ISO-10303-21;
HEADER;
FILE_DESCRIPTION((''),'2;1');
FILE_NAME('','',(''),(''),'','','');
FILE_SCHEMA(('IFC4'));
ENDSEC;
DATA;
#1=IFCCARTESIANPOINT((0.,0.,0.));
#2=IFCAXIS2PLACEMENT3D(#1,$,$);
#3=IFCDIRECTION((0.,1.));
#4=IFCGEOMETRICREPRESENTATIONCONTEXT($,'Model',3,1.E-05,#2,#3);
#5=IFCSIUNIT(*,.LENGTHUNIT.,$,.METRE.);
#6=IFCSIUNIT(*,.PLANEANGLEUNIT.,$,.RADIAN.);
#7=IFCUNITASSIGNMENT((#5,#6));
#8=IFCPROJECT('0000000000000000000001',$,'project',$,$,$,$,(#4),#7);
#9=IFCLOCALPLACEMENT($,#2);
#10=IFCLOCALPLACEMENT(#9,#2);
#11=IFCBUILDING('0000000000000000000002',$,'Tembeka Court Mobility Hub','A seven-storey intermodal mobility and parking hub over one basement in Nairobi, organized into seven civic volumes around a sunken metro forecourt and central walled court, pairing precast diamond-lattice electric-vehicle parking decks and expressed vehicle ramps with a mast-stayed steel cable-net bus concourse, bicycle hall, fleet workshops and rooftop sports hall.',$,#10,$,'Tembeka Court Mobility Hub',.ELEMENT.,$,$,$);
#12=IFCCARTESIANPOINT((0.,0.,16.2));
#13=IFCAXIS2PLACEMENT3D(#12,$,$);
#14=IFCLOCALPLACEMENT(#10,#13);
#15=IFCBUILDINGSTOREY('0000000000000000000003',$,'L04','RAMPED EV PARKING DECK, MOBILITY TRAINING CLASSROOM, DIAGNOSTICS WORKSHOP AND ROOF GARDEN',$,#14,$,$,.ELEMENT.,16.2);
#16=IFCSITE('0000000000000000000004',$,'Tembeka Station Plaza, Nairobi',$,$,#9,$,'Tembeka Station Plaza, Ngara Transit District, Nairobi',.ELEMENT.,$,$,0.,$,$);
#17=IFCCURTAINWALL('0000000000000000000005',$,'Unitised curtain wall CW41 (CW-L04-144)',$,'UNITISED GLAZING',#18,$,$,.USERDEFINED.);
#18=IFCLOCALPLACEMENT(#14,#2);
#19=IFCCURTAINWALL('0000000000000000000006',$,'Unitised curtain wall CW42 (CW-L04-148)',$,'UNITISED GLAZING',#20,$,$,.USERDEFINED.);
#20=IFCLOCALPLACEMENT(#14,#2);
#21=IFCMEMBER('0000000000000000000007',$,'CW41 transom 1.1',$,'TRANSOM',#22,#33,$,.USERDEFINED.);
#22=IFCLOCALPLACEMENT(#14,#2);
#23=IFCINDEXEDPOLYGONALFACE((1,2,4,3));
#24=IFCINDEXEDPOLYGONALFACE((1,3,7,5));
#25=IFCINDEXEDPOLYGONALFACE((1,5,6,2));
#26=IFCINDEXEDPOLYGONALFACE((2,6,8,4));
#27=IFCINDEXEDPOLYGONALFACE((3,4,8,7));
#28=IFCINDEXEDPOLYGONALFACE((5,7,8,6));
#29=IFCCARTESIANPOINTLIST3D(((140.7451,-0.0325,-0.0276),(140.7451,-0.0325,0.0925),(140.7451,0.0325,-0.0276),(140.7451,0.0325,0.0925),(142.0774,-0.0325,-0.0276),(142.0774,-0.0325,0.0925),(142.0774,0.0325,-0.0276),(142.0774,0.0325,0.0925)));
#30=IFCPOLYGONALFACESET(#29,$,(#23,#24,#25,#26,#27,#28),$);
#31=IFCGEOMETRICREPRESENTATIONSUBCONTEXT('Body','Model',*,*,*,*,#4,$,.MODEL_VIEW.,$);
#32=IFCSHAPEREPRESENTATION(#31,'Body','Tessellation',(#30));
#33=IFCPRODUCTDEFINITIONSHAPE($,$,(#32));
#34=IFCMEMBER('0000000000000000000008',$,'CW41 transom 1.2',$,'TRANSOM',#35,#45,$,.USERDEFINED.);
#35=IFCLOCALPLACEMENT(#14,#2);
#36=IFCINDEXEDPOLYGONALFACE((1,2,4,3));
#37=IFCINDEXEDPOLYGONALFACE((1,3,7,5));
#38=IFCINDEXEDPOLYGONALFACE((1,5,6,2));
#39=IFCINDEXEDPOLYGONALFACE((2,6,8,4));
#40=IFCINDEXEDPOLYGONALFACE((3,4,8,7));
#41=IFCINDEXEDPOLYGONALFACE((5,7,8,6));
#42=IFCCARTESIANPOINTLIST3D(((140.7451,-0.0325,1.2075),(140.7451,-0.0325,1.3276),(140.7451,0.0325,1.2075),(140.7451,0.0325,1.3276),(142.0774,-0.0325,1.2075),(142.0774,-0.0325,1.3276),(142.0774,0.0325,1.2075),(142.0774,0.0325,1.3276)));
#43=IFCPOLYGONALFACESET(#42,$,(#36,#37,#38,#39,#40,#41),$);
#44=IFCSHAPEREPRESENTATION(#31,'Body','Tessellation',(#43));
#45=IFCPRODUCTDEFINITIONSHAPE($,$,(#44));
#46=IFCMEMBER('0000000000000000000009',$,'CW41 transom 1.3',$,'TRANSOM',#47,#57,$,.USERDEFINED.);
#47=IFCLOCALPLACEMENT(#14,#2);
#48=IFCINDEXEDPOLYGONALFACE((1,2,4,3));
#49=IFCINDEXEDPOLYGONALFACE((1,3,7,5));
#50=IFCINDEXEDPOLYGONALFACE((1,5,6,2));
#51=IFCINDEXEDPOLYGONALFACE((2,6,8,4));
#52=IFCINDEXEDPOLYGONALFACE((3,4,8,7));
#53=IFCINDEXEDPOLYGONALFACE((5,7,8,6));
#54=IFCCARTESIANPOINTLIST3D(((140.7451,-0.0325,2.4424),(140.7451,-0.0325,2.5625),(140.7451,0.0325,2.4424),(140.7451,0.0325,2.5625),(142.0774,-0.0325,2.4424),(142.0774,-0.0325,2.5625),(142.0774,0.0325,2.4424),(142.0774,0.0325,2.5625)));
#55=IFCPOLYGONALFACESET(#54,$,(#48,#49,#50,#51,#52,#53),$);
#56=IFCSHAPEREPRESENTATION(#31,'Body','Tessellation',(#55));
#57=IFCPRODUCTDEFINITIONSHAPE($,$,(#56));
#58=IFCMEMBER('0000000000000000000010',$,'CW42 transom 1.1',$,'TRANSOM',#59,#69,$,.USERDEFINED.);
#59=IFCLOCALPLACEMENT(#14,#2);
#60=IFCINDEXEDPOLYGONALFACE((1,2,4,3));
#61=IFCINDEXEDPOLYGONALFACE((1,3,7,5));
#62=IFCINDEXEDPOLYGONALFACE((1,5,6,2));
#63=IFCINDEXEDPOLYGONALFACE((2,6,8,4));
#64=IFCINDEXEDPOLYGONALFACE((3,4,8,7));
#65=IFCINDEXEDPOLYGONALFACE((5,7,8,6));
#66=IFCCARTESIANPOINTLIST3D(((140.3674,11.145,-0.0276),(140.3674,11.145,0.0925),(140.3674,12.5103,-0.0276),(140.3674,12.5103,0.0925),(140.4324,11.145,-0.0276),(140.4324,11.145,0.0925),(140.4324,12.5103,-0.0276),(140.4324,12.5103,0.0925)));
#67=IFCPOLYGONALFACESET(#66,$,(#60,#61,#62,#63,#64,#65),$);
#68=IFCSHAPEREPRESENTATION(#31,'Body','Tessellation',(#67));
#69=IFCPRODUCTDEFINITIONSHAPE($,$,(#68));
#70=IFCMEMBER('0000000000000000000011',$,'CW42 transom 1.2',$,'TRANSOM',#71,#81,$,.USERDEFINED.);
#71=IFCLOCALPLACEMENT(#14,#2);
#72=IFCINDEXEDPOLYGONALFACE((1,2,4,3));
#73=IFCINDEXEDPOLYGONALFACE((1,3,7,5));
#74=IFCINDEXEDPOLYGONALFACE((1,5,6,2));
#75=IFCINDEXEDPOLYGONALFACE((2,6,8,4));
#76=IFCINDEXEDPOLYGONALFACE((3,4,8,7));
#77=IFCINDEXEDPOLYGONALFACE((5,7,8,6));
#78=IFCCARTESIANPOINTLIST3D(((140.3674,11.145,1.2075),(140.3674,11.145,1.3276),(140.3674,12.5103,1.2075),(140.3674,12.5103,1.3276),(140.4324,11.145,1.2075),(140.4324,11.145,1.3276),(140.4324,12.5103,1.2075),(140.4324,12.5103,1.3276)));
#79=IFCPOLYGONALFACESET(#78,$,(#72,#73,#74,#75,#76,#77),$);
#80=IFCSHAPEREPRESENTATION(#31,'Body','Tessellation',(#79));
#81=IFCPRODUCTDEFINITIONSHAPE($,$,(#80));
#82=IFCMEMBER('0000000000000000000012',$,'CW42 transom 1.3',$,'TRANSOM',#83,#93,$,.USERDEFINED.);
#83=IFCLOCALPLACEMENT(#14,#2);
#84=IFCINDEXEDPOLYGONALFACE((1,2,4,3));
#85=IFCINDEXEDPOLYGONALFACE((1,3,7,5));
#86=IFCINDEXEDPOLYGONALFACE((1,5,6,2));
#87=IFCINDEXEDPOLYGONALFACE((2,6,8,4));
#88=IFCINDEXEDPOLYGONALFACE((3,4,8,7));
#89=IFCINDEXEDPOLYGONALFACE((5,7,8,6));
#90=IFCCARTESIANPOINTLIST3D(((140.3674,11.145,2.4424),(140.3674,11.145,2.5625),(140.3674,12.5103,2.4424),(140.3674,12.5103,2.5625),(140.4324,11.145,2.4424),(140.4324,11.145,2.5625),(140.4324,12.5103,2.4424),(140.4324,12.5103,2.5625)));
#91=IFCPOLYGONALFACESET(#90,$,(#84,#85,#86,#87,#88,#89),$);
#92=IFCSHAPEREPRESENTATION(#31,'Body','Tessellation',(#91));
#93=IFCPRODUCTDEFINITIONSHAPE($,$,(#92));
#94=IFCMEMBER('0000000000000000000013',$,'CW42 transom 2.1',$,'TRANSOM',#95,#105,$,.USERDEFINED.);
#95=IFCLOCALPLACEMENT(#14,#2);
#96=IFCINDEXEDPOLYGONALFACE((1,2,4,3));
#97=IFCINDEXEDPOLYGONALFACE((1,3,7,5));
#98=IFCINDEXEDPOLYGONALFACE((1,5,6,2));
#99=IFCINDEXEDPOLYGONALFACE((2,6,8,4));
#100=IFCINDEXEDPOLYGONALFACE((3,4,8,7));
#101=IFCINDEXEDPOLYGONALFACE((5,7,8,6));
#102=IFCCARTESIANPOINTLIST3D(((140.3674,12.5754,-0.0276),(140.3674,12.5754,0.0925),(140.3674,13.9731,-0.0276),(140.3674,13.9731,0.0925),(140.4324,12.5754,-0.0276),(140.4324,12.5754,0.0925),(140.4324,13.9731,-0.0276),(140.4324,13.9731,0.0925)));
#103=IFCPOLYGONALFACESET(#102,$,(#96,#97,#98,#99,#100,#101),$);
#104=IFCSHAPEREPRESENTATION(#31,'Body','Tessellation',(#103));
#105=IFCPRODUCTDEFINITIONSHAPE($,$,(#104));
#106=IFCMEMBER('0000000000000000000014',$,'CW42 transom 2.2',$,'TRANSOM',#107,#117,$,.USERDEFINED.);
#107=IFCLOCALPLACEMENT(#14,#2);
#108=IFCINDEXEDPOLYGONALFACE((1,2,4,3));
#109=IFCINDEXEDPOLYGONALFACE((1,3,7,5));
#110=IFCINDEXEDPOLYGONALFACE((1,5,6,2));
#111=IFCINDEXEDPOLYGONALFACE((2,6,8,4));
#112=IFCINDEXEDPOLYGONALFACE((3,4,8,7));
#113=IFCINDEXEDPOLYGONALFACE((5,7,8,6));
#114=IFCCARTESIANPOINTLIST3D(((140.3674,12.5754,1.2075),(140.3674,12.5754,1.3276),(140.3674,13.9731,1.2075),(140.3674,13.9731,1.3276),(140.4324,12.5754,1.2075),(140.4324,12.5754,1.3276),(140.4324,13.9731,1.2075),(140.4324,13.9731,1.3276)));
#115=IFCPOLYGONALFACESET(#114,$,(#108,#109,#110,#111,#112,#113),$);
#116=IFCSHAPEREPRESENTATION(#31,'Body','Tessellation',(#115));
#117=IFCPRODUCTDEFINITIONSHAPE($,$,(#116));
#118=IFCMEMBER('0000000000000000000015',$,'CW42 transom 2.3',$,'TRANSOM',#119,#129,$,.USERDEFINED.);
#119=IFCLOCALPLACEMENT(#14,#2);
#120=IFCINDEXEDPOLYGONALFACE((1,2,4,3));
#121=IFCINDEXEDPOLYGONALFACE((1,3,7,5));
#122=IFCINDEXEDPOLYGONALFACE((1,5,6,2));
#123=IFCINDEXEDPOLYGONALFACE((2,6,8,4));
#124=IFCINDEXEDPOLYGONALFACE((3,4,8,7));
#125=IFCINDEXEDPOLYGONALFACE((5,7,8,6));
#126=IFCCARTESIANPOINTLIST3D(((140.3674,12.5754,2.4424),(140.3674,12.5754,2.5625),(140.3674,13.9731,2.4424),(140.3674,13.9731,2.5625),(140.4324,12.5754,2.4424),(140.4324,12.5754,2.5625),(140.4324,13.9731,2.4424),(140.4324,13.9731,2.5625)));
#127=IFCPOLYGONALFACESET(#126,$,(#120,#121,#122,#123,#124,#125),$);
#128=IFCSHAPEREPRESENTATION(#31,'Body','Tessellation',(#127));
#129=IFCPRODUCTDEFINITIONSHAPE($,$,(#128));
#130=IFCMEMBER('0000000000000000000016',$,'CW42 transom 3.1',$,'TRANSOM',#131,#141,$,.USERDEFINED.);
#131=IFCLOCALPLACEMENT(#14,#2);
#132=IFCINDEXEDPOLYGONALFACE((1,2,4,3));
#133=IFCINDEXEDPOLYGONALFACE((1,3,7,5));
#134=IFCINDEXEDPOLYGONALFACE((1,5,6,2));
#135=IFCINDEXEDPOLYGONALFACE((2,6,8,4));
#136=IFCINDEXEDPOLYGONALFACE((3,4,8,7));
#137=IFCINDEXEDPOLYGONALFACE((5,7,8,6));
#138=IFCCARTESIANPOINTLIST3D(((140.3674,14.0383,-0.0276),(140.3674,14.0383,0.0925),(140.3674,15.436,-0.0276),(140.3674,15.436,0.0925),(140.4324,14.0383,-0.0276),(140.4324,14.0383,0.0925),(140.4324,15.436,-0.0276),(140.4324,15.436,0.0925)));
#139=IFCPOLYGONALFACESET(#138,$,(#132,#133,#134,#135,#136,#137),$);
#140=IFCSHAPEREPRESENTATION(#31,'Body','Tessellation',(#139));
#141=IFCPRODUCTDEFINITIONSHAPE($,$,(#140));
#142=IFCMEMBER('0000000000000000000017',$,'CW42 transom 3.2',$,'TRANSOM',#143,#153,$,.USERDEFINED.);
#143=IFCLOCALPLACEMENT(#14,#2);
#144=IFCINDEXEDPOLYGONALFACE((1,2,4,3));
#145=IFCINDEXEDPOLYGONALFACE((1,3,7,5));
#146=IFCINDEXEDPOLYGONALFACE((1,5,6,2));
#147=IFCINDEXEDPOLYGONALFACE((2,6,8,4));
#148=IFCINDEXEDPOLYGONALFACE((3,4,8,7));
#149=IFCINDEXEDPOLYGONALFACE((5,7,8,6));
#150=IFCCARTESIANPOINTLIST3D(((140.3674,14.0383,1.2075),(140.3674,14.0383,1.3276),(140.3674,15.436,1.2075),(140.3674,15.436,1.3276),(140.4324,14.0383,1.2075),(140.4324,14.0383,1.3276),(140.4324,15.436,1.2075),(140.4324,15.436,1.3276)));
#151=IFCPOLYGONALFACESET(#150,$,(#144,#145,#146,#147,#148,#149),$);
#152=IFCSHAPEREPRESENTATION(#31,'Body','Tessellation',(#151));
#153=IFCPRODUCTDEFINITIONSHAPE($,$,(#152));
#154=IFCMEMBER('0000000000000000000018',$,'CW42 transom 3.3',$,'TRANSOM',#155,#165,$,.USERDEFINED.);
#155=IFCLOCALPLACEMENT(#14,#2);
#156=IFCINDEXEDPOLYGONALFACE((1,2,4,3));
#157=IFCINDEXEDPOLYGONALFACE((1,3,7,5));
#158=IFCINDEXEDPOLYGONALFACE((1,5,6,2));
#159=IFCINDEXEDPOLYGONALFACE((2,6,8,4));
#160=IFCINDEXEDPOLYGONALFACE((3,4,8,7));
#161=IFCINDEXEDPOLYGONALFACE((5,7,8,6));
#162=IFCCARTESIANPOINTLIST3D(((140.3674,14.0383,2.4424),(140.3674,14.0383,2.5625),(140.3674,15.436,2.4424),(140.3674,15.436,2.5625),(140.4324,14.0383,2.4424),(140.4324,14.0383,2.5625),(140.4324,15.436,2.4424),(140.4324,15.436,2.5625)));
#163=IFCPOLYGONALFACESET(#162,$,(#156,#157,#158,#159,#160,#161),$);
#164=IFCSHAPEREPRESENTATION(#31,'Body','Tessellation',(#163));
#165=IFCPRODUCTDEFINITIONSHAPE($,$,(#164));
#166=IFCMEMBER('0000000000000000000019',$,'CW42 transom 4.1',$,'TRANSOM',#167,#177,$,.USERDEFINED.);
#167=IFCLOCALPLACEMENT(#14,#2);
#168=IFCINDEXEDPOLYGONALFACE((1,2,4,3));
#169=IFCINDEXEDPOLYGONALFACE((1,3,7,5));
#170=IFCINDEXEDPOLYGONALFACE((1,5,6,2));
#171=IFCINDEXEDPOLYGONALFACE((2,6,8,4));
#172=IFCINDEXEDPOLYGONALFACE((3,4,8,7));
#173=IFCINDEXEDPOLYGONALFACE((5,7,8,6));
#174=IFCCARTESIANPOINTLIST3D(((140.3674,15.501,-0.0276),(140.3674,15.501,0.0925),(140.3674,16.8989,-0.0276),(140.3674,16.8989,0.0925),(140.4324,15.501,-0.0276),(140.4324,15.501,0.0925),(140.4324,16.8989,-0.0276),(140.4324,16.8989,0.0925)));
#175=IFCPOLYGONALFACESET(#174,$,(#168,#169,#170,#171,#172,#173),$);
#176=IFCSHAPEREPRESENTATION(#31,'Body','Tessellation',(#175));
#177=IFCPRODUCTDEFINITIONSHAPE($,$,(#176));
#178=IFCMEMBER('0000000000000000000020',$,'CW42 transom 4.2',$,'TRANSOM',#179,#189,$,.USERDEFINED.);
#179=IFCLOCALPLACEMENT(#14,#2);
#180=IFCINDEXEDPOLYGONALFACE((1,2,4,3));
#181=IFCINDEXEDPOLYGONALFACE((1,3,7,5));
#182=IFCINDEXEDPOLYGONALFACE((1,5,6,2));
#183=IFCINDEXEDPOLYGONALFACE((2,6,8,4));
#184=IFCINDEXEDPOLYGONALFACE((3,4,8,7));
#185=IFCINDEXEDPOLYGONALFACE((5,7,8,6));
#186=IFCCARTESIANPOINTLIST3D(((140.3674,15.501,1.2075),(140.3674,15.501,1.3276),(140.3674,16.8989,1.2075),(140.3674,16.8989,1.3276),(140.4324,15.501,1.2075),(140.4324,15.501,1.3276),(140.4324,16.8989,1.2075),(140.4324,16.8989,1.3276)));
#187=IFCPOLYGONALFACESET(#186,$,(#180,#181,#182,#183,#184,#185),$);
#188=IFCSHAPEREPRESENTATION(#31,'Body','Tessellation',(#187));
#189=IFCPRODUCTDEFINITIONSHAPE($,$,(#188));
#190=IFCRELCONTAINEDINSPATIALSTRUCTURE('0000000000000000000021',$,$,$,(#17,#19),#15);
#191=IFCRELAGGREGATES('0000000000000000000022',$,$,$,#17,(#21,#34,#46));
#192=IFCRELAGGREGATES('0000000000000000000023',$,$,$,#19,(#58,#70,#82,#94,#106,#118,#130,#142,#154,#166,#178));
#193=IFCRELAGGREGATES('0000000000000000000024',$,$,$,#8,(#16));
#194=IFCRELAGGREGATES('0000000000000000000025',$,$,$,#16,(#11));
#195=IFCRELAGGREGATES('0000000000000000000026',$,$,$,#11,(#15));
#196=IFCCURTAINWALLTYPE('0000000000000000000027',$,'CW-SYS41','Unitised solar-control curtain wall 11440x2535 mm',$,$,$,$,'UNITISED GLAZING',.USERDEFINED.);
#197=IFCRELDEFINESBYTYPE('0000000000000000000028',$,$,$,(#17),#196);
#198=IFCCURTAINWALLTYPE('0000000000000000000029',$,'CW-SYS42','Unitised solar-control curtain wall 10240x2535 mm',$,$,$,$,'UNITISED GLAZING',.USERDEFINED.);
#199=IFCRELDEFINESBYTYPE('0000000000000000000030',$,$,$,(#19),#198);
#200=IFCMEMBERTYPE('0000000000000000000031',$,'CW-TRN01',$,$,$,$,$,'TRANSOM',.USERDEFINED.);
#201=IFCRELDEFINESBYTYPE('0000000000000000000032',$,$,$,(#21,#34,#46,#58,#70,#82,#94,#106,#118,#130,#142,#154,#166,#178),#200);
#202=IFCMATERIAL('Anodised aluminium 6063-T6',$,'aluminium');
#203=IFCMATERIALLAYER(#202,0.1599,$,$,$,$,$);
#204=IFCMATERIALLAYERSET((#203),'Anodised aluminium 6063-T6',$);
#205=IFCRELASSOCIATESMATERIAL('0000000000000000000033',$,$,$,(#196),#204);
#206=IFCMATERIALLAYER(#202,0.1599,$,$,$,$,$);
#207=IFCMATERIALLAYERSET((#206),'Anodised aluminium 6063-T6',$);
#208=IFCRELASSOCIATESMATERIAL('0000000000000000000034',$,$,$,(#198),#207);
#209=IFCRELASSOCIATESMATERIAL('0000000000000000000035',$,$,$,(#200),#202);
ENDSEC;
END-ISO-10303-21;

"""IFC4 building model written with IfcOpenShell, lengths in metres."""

from ifc_helpers import new_model, si_unit, direction, frame, origin, origin_2d, place, context, subcontext, project, spatial, rectangle, extrude, material, layer, layer_set, material_profile, profile_set, type_object, element, aggregate, save


model = new_model("IFC4")

# Units and contexts
model_context = context("Model", 3, precision=1e-05, world=origin(), true_north=direction((0.0, 1.0)))
body_context = subcontext(model_context, "Body", "Model", "MODEL_VIEW")
ifc_project = project(units=[si_unit("LENGTHUNIT", "METRE"), si_unit("PLANEANGLEUNIT", "RADIAN")], contexts=[model_context])

# Site, building, storey
site_placement = place(None, origin())
site = spatial("IfcSite", under=ifc_project, at=site_placement, Name="Tembeka Station Plaza, Nairobi", LongName="Tembeka Station Plaza, Ngara Transit District, Nairobi", CompositionType="ELEMENT", RefElevation=0.0)
building_placement = place(site_placement, origin())
building = spatial("IfcBuilding", under=site, at=building_placement, Name="Tembeka Court Mobility Hub", Description="A seven-storey intermodal mobility and parking hub over one basement in Nairobi, organized into seven civic volumes around a sunken metro forecourt and central walled court, pairing precast diamond-lattice electric-vehicle parking decks and expressed vehicle ramps with a mast-stayed steel cable-net bus concourse, bicycle hall, fleet workshops and rooftop sports hall.", LongName="Tembeka Court Mobility Hub", CompositionType="ELEMENT")
storey_placement = place(building_placement, frame((0.0, 0.0, 16.2)))
storey = spatial("IfcBuildingStorey", under=building, at=storey_placement, Name="L04", Description="RAMPED EV PARKING DECK, MOBILITY TRAINING CLASSROOM, DIAGNOSTICS WORKSHOP AND ROOF GARDEN", CompositionType="ELEMENT", Elevation=16.2)

# Curtain wall
ifc_material_1 = material(Name="Anodised aluminium 6063-T6", Category="aluminium")
ifc_layer_1 = layer(ifc_material_1, 0.1599)
ifc_layer_set_1 = layer_set([ifc_layer_1], Name="Anodised aluminium 6063-T6")
curtain_wall_type_1 = type_object("IfcCurtainWallType", Name="CW-SYS41", Description="Unitised solar-control curtain wall 11440x2535 mm", ElementType="UNITISED GLAZING", PredefinedType="USERDEFINED", material=ifc_layer_set_1)
curtain_wall_1_placement = place(storey_placement, origin())
curtain_wall_1 = element("IfcCurtainWall", 1, at=curtain_wall_1_placement, inside=storey, type_object=curtain_wall_type_1, Name="Unitised curtain wall CW41 (CW-L04-144)", ObjectType="UNITISED GLAZING", PredefinedType="USERDEFINED")

# Curtain wall
ifc_layer_2 = layer(ifc_material_1, 0.1599)
ifc_layer_set_2 = layer_set([ifc_layer_2], Name="Anodised aluminium 6063-T6")
curtain_wall_type_2 = type_object("IfcCurtainWallType", Name="CW-SYS42", Description="Unitised solar-control curtain wall 10240x2535 mm", ElementType="UNITISED GLAZING", PredefinedType="USERDEFINED", material=ifc_layer_set_2)
curtain_wall_2_placement = place(storey_placement, origin())
curtain_wall_2 = element("IfcCurtainWall", 2, at=curtain_wall_2_placement, inside=storey, type_object=curtain_wall_type_2, Name="Unitised curtain wall CW42 (CW-L04-148)", ObjectType="UNITISED GLAZING", PredefinedType="USERDEFINED")

# Members
ifc_material_profile_1 = material_profile(ifc_material_1, rectangle(XDim=0.0649, YDim=0.1201, at=origin_2d()), Name="ALU-TRN 65x120")
ifc_profile_set_1 = profile_set([ifc_material_profile_1], Name="Anodised aluminium 6063-T6")
member_type_1 = type_object("IfcMemberType", Name="CW-TRN01", ElementType="TRANSOM", PredefinedType="USERDEFINED", material=ifc_profile_set_1)
member_1_placement = place(storey_placement, frame((140.7451, 0.0, 0.0325), z_axis=(1.0, 0.0, 0.0), x_axis=(0.0, 1.0, 0.0)))
member_1 = element("IfcMember", 3, at=member_1_placement, type_object=member_type_1, Name="CW41 transom 1.1", ObjectType="TRANSOM", PredefinedType="USERDEFINED", context=body_context, shape_type="SweptSolid", body=[
    extrude(rectangle(XDim=0.0649, YDim=0.1201, at=origin_2d()), origin(), (0.0, 0.0, 1.0), 1.3323),
])
member_2_placement = place(storey_placement, frame((140.7451, 0.0, 1.2676), z_axis=(1.0, 0.0, 0.0), x_axis=(0.0, 1.0, 0.0)))
member_2 = element("IfcMember", 4, at=member_2_placement, type_object=member_type_1, Name="CW41 transom 1.2", ObjectType="TRANSOM", PredefinedType="USERDEFINED", context=body_context, shape_type="SweptSolid", body=[
    extrude(rectangle(XDim=0.0649, YDim=0.1201, at=origin_2d()), origin(), (0.0, 0.0, 1.0), 1.3323),
])
member_3_placement = place(storey_placement, frame((140.7451, 0.0, 2.5024), z_axis=(1.0, 0.0, 0.0), x_axis=(0.0, 1.0, 0.0)))
member_3 = element("IfcMember", 5, at=member_3_placement, type_object=member_type_1, Name="CW41 transom 1.3", ObjectType="TRANSOM", PredefinedType="USERDEFINED", context=body_context, shape_type="SweptSolid", body=[
    extrude(rectangle(XDim=0.0649, YDim=0.1201, at=origin_2d()), origin(), (0.0, 0.0, 1.0), 1.3323),
])
member_4_placement = place(storey_placement, frame((140.3999, 11.145, 0.0325), z_axis=(0.0, 1.0, 0.0), x_axis=(-1.0, 0.0, 0.0)))
member_4 = element("IfcMember", 6, at=member_4_placement, type_object=member_type_1, Name="CW42 transom 1.1", ObjectType="TRANSOM", PredefinedType="USERDEFINED", context=body_context, shape_type="SweptSolid", body=[
    extrude(rectangle(XDim=0.0649, YDim=0.1201, at=origin_2d()), origin(), (0.0, 0.0, 1.0), 1.3652),
])
member_5_placement = place(storey_placement, frame((140.3999, 11.145, 1.2676), z_axis=(0.0, 1.0, 0.0), x_axis=(-1.0, 0.0, 0.0)))
member_5 = element("IfcMember", 7, at=member_5_placement, type_object=member_type_1, Name="CW42 transom 1.2", ObjectType="TRANSOM", PredefinedType="USERDEFINED", context=body_context, shape_type="SweptSolid", body=[
    extrude(rectangle(XDim=0.0649, YDim=0.1201, at=origin_2d()), origin(), (0.0, 0.0, 1.0), 1.3652),
])
member_6_placement = place(storey_placement, frame((140.3999, 11.145, 2.5024), z_axis=(0.0, 1.0, 0.0), x_axis=(-1.0, 0.0, 0.0)))
member_6 = element("IfcMember", 8, at=member_6_placement, type_object=member_type_1, Name="CW42 transom 1.3", ObjectType="TRANSOM", PredefinedType="USERDEFINED", context=body_context, shape_type="SweptSolid", body=[
    extrude(rectangle(XDim=0.0649, YDim=0.1201, at=origin_2d()), origin(), (0.0, 0.0, 1.0), 1.3652),
])
member_7_placement = place(storey_placement, frame((140.3999, 12.5754, 0.0325), z_axis=(0.0, 1.0, 0.0), x_axis=(-1.0, 0.0, 0.0)))
member_7 = element("IfcMember", 9, at=member_7_placement, type_object=member_type_1, Name="CW42 transom 2.1", ObjectType="TRANSOM", PredefinedType="USERDEFINED", context=body_context, shape_type="SweptSolid", body=[
    extrude(rectangle(XDim=0.0649, YDim=0.1201, at=origin_2d()), origin(), (0.0, 0.0, 1.0), 1.3977),
])
member_8_placement = place(storey_placement, frame((140.3999, 12.5754, 1.2676), z_axis=(0.0, 1.0, 0.0), x_axis=(-1.0, 0.0, 0.0)))
member_8 = element("IfcMember", 10, at=member_8_placement, type_object=member_type_1, Name="CW42 transom 2.2", ObjectType="TRANSOM", PredefinedType="USERDEFINED", context=body_context, shape_type="SweptSolid", body=[
    extrude(rectangle(XDim=0.0649, YDim=0.1201, at=origin_2d()), origin(), (0.0, 0.0, 1.0), 1.3977),
])
member_9_placement = place(storey_placement, frame((140.3999, 12.5754, 2.5024), z_axis=(0.0, 1.0, 0.0), x_axis=(-1.0, 0.0, 0.0)))
member_9 = element("IfcMember", 11, at=member_9_placement, type_object=member_type_1, Name="CW42 transom 2.3", ObjectType="TRANSOM", PredefinedType="USERDEFINED", context=body_context, shape_type="SweptSolid", body=[
    extrude(rectangle(XDim=0.0649, YDim=0.1201, at=origin_2d()), origin(), (0.0, 0.0, 1.0), 1.3977),
])
member_10_placement = place(storey_placement, frame((140.3999, 14.0383, 0.0325), z_axis=(0.0, 1.0, 0.0), x_axis=(-1.0, 0.0, 0.0)))
member_10 = element("IfcMember", 12, at=member_10_placement, type_object=member_type_1, Name="CW42 transom 3.1", ObjectType="TRANSOM", PredefinedType="USERDEFINED", context=body_context, shape_type="SweptSolid", body=[
    extrude(rectangle(XDim=0.0649, YDim=0.1201, at=origin_2d()), origin(), (0.0, 0.0, 1.0), 1.3977),
])
member_11_placement = place(storey_placement, frame((140.3999, 14.0383, 1.2676), z_axis=(0.0, 1.0, 0.0), x_axis=(-1.0, 0.0, 0.0)))
member_11 = element("IfcMember", 13, at=member_11_placement, type_object=member_type_1, Name="CW42 transom 3.2", ObjectType="TRANSOM", PredefinedType="USERDEFINED", context=body_context, shape_type="SweptSolid", body=[
    extrude(rectangle(XDim=0.0649, YDim=0.1201, at=origin_2d()), origin(), (0.0, 0.0, 1.0), 1.3977),
])
member_12_placement = place(storey_placement, frame((140.3999, 14.0383, 2.5024), z_axis=(0.0, 1.0, 0.0), x_axis=(-1.0, 0.0, 0.0)))
member_12 = element("IfcMember", 14, at=member_12_placement, type_object=member_type_1, Name="CW42 transom 3.3", ObjectType="TRANSOM", PredefinedType="USERDEFINED", context=body_context, shape_type="SweptSolid", body=[
    extrude(rectangle(XDim=0.0649, YDim=0.1201, at=origin_2d()), origin(), (0.0, 0.0, 1.0), 1.3977),
])
member_13_placement = place(storey_placement, frame((140.3999, 15.501, 0.0325), z_axis=(0.0, 1.0, 0.0), x_axis=(-1.0, 0.0, 0.0)))
member_13 = element("IfcMember", 15, at=member_13_placement, type_object=member_type_1, Name="CW42 transom 4.1", ObjectType="TRANSOM", PredefinedType="USERDEFINED", context=body_context, shape_type="SweptSolid", body=[
    extrude(rectangle(XDim=0.0649, YDim=0.1201, at=origin_2d()), origin(), (0.0, 0.0, 1.0), 1.3979),
])
member_14_placement = place(storey_placement, frame((140.3999, 15.501, 1.2676), z_axis=(0.0, 1.0, 0.0), x_axis=(-1.0, 0.0, 0.0)))
member_14 = element("IfcMember", 16, at=member_14_placement, type_object=member_type_1, Name="CW42 transom 4.2", ObjectType="TRANSOM", PredefinedType="USERDEFINED", context=body_context, shape_type="SweptSolid", body=[
    extrude(rectangle(XDim=0.0649, YDim=0.1201, at=origin_2d()), origin(), (0.0, 0.0, 1.0), 1.3979),
])

aggregate(curtain_wall_1, [member_1, member_2, member_3])
aggregate(curtain_wall_2, [member_4, member_5, member_6, member_7, member_8, member_9, member_10, member_11, member_12, member_13, member_14])

save(model, "model.ifc")
